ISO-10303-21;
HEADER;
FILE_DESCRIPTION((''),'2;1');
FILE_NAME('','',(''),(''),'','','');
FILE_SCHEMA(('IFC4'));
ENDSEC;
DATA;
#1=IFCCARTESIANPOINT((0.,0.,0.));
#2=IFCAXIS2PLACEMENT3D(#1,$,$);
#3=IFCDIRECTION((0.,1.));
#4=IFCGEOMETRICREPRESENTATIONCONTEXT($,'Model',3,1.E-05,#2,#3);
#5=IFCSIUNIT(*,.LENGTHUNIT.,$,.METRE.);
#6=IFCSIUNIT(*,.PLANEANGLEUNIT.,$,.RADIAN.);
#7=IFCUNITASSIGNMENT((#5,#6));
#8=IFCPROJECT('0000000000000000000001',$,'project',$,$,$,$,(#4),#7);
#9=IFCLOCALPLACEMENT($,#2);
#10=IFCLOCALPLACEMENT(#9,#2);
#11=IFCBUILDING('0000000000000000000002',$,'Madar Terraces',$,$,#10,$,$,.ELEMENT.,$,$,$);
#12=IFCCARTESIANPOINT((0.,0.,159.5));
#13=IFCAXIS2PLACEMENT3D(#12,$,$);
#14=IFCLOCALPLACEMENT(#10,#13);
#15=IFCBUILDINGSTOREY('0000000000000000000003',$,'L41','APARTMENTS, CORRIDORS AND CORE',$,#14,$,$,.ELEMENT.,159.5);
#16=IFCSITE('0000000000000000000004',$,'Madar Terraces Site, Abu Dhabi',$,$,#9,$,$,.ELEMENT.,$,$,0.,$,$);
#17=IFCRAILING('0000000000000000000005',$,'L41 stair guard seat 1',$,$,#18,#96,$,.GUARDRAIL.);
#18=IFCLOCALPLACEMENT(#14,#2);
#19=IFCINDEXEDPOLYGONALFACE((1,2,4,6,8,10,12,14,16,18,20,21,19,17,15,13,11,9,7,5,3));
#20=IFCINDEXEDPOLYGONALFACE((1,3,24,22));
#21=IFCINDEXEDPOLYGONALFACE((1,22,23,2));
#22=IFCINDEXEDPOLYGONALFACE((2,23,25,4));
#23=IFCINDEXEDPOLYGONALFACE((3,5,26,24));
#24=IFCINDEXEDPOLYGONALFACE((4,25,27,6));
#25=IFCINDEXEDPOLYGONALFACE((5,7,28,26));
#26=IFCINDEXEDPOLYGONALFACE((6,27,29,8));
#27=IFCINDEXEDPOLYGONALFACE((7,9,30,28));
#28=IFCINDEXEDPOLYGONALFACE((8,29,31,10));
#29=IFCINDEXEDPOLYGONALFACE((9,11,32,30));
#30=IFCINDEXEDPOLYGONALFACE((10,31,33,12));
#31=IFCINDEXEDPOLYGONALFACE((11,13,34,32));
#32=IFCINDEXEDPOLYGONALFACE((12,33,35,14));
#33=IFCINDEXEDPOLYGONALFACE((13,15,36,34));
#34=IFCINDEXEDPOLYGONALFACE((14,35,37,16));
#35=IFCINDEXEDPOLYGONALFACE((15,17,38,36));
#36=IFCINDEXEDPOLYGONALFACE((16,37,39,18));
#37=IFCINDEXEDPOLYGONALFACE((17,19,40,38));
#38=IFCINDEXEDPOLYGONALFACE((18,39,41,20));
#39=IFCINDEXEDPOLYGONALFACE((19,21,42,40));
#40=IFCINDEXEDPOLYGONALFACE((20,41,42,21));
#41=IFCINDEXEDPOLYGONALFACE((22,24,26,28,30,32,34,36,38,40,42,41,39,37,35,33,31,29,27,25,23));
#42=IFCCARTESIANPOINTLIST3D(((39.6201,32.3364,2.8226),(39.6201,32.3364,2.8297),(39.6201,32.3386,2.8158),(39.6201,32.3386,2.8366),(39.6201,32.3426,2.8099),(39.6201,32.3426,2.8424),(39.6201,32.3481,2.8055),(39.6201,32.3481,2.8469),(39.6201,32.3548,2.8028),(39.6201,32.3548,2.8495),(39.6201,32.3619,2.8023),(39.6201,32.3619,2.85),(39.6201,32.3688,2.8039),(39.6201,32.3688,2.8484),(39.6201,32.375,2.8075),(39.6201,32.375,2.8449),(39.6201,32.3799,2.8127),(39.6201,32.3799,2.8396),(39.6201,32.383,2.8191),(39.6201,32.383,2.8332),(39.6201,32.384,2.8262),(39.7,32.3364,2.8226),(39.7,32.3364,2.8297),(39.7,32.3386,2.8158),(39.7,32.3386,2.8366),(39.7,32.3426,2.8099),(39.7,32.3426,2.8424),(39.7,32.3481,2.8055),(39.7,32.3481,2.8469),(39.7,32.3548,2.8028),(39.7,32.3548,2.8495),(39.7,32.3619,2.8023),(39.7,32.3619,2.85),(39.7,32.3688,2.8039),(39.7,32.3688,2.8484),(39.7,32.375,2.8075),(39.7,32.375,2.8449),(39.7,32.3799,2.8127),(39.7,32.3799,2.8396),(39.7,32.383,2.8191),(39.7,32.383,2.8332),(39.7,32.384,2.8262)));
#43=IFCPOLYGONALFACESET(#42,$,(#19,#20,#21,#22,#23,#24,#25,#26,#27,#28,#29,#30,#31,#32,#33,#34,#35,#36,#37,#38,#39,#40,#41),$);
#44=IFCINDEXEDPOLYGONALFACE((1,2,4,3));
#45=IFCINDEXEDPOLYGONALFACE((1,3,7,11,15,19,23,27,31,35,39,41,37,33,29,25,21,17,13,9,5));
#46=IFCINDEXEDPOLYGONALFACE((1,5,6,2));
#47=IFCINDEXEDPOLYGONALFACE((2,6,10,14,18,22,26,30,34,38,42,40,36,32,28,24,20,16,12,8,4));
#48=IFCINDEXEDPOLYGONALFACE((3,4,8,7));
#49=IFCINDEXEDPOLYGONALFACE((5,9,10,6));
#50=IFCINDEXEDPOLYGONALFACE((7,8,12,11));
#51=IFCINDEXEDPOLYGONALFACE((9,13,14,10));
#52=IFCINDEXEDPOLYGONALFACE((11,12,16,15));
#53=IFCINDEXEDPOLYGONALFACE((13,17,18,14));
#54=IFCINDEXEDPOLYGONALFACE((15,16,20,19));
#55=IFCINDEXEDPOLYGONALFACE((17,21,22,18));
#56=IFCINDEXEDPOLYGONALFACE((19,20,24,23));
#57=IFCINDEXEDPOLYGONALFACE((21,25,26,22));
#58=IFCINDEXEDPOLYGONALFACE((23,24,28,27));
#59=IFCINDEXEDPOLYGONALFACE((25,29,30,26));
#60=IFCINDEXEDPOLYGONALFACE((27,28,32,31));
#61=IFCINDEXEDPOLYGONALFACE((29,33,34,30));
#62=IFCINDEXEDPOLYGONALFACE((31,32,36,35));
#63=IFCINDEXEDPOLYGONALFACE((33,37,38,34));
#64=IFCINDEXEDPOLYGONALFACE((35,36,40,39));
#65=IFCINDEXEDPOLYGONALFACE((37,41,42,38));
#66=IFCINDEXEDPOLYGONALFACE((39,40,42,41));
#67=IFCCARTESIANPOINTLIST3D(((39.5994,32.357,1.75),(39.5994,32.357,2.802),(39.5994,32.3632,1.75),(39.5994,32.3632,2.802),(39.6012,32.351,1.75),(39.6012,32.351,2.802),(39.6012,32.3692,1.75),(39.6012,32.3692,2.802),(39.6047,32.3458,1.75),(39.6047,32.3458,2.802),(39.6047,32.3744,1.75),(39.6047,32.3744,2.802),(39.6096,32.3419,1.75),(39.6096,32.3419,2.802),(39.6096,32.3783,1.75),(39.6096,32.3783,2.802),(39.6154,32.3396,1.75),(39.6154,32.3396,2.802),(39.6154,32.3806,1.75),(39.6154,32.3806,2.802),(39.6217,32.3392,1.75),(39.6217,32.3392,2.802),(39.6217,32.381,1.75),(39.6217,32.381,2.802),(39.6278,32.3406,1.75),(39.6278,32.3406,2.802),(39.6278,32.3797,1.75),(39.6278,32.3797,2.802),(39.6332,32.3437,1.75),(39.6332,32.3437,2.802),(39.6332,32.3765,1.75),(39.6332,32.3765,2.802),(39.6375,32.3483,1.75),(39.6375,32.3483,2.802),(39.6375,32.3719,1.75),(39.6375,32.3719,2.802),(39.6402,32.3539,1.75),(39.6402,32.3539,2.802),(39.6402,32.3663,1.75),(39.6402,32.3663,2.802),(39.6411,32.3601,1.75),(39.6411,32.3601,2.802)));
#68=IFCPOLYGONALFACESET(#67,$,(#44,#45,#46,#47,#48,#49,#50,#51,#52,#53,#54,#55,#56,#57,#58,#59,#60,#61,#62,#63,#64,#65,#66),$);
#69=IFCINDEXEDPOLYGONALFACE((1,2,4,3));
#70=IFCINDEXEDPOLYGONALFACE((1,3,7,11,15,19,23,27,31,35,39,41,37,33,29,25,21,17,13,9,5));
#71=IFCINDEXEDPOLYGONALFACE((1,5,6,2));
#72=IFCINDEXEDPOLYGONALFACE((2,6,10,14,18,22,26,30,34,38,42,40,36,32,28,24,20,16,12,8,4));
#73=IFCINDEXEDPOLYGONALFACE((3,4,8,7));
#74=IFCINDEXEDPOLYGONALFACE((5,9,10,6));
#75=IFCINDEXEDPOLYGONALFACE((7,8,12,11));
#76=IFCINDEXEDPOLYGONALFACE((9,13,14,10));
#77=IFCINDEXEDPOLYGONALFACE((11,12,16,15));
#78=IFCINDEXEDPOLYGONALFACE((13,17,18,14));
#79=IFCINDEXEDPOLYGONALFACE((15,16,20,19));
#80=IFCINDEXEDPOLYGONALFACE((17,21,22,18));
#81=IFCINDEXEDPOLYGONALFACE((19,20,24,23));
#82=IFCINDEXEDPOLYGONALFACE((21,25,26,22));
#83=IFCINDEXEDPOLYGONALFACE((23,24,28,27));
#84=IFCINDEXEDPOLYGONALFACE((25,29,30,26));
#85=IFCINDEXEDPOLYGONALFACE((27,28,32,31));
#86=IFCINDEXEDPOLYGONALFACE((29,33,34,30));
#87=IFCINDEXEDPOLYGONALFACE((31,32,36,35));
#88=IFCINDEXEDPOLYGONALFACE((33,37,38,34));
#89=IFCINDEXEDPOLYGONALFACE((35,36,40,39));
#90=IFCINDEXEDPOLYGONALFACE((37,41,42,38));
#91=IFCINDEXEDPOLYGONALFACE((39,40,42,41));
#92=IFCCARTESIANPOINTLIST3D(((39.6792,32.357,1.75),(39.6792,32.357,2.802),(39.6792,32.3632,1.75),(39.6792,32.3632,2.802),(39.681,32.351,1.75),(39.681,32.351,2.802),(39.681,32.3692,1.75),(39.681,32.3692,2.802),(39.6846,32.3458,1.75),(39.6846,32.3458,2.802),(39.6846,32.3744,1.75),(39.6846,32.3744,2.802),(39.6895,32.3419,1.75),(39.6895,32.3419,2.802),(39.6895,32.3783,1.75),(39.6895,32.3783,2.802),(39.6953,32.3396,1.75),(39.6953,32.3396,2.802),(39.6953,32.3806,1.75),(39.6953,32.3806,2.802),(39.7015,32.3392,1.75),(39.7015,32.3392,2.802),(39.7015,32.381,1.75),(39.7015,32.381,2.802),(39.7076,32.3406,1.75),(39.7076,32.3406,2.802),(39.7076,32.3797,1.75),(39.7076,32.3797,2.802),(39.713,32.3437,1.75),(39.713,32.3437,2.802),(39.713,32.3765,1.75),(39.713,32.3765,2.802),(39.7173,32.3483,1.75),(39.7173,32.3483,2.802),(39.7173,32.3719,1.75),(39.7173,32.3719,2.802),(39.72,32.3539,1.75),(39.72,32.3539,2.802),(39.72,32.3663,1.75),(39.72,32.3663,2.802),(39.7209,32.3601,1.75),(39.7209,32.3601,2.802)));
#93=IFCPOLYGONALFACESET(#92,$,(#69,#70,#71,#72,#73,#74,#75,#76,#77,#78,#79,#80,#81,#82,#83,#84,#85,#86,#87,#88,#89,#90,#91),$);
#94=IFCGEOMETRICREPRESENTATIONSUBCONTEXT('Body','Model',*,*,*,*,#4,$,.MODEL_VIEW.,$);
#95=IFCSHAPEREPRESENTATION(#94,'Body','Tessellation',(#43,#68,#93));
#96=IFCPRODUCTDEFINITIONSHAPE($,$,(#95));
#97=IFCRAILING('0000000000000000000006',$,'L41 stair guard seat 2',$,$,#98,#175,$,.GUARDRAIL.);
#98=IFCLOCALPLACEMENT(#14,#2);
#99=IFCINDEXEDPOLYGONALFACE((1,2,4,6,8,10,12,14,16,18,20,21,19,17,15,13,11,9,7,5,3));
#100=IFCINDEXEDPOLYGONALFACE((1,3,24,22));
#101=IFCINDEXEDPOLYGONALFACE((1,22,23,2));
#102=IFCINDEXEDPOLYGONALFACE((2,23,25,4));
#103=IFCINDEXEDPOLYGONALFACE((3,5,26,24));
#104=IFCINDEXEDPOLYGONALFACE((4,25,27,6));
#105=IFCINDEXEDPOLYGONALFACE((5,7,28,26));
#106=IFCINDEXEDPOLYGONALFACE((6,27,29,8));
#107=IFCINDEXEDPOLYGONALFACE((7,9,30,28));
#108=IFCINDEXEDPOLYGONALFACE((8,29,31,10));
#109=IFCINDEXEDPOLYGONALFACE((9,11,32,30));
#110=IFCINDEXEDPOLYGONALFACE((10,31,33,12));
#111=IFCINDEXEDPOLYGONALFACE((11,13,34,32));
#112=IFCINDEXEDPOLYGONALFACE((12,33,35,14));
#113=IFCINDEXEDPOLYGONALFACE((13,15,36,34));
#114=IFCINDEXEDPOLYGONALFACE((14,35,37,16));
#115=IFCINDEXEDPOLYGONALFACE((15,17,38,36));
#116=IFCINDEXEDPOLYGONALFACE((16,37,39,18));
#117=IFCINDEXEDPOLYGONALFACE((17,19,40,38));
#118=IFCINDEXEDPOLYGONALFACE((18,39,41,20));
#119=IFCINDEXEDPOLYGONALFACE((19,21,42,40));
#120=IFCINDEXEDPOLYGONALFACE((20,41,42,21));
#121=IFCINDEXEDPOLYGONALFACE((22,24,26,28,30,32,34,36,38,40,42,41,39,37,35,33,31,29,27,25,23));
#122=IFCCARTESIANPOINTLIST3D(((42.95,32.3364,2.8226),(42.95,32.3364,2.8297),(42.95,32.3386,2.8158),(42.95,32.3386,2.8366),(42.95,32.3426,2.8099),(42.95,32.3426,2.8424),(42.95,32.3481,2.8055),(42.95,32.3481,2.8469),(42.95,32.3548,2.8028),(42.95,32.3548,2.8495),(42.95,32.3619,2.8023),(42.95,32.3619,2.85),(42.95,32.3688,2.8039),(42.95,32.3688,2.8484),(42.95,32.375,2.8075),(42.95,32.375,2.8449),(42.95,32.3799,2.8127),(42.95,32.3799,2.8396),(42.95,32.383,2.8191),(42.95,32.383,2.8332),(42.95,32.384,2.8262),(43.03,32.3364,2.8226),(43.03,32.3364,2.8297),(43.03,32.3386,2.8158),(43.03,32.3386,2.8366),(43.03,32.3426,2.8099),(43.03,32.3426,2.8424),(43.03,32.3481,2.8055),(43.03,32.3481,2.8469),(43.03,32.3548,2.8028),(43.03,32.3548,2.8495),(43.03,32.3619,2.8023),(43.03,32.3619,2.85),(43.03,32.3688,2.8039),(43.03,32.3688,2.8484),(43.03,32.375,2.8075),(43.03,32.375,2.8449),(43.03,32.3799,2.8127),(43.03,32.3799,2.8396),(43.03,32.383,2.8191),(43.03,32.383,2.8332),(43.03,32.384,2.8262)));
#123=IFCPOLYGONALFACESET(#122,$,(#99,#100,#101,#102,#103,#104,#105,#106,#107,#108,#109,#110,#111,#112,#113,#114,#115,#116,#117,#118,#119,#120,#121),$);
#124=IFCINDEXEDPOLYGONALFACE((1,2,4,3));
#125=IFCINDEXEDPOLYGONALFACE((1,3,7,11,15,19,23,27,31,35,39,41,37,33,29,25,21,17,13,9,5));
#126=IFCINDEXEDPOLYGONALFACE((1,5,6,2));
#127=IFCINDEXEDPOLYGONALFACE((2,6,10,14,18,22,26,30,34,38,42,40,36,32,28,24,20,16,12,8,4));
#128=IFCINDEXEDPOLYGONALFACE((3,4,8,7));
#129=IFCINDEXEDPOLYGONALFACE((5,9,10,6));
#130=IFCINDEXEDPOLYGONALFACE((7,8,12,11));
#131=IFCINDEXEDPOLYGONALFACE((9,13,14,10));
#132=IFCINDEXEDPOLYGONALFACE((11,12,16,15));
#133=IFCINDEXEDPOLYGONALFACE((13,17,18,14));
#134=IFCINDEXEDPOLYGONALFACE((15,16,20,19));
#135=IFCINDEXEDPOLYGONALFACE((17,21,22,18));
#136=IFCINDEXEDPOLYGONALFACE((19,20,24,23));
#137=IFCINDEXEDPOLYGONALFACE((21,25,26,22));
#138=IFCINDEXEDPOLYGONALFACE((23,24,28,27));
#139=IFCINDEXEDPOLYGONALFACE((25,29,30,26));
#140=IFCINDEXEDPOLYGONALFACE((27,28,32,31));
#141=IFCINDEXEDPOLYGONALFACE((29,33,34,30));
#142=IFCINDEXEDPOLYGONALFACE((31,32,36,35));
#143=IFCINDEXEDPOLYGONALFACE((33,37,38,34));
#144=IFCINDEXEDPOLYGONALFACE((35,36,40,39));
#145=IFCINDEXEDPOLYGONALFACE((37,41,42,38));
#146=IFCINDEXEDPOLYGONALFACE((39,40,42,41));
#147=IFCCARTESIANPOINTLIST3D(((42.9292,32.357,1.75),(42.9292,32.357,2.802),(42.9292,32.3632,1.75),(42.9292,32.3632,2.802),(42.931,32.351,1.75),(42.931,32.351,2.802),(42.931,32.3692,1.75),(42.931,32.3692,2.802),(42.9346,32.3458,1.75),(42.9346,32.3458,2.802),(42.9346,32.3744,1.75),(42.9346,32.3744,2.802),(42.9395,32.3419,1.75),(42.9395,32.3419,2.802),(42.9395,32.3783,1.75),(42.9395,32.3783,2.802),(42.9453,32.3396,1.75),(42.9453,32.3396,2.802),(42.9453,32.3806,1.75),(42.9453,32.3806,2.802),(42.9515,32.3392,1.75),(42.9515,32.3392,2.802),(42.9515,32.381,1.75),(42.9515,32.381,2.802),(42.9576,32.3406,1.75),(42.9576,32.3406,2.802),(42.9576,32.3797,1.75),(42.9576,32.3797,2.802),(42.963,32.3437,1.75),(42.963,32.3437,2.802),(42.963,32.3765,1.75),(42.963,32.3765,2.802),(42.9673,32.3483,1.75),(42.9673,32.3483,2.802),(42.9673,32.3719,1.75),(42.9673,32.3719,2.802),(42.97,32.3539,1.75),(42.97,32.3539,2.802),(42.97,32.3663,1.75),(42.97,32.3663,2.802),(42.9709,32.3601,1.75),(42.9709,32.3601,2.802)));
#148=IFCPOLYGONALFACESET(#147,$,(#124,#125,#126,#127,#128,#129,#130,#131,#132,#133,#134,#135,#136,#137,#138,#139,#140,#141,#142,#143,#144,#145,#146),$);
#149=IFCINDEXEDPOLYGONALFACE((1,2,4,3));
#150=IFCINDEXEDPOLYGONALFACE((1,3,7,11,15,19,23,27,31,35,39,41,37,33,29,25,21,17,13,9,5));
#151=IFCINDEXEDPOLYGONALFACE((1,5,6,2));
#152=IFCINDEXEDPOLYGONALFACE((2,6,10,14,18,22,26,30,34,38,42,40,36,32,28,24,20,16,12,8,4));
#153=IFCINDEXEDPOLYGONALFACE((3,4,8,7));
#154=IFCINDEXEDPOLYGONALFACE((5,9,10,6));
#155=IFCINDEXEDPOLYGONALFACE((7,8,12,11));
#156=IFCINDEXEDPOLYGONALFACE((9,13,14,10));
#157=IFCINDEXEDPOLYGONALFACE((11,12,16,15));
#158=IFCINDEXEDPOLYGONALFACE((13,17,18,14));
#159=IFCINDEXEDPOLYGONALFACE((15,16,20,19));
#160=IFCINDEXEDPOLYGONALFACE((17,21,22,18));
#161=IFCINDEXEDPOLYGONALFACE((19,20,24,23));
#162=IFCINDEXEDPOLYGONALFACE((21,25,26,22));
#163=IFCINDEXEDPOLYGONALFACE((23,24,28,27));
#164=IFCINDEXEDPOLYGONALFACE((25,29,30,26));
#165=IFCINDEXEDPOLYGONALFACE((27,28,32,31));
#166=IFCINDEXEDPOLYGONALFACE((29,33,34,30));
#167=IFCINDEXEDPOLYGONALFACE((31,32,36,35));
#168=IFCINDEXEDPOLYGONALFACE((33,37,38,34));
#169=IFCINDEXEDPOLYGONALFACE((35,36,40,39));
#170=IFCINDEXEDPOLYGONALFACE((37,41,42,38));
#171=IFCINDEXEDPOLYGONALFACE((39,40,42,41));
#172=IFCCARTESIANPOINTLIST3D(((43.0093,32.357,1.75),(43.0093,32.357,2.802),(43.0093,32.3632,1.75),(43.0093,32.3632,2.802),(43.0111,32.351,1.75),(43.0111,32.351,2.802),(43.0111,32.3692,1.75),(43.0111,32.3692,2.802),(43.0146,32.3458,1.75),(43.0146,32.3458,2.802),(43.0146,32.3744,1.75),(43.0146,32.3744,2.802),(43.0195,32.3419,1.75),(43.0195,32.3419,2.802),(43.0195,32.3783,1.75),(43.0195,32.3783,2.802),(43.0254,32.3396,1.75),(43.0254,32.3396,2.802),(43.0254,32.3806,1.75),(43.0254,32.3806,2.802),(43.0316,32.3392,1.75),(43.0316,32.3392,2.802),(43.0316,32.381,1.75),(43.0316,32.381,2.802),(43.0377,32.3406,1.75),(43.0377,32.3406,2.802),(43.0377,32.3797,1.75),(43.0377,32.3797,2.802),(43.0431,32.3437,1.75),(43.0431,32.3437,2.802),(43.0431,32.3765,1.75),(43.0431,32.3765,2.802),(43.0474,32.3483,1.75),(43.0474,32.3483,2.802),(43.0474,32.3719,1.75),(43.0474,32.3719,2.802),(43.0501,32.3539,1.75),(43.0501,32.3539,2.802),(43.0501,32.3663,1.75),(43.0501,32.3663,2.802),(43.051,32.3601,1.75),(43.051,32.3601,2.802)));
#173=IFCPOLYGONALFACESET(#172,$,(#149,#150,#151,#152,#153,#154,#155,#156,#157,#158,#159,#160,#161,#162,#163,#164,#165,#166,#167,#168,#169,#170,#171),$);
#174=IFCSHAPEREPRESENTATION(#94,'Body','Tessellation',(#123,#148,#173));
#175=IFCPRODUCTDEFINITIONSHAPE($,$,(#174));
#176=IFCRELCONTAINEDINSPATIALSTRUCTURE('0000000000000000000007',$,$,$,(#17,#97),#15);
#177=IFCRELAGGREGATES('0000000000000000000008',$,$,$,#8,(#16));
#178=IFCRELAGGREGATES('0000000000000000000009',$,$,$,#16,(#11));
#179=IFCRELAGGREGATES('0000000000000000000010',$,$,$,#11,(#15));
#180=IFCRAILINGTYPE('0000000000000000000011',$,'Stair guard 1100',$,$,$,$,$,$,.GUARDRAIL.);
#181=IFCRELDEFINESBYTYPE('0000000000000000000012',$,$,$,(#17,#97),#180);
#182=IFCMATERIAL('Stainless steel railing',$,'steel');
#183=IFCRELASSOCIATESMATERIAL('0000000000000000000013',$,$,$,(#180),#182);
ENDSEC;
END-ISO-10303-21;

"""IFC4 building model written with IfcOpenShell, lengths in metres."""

from ifc_helpers import new_model, si_unit, direction, frame, origin, origin_2d, place, context, subcontext, project, spatial, circle, extrude, material, type_object, element, save


model = new_model("IFC4")

# Units and contexts
model_context = context("Model", 3, precision=1e-05, world=origin(), true_north=direction((0.0, 1.0)))
body_context = subcontext(model_context, "Body", "Model", "MODEL_VIEW")
ifc_project = project(units=[si_unit("LENGTHUNIT", "METRE"), si_unit("PLANEANGLEUNIT", "RADIAN")], contexts=[model_context])

# Site, building, storey
site_placement = place(None, origin())
site = spatial("IfcSite", under=ifc_project, at=site_placement, Name="Madar Terraces Site, Abu Dhabi", CompositionType="ELEMENT", RefElevation=0.0)
building_placement = place(site_placement, origin())
building = spatial("IfcBuilding", under=site, at=building_placement, Name="Madar Terraces", CompositionType="ELEMENT")
storey_placement = place(building_placement, frame((0.0, 0.0, 159.5)))
storey = spatial("IfcBuildingStorey", under=building, at=storey_placement, Name="L41", Description="APARTMENTS, CORRIDORS AND CORE", CompositionType="ELEMENT", Elevation=159.5)

# Railings
ifc_material_1 = material(Name="Stainless steel railing", Category="steel")
railing_type_1 = type_object("IfcRailingType", Name="Stair guard 1100", PredefinedType="GUARDRAIL", material=ifc_material_1)
railing_1_placement = place(storey_placement, frame((39.6201, 32.3601, 1.75)))
element("IfcRailing", 1, at=railing_1_placement, inside=storey, type_object=railing_type_1, Name="L41 stair guard seat 1", PredefinedType="GUARDRAIL", context=body_context, shape_type="SweptSolid", body=[
    extrude(circle(Radius=0.0239, at=origin_2d()), frame((0.0, 0.0, 1.0762), z_axis=(1.0, 0.0, 0.0), x_axis=(0.0, 1.0, 0.0)), (0.0, 0.0, 1.0), 0.0798),
    extrude(circle(Radius=0.021, at=origin_2d()), origin(), (0.0, 0.0, 1.0), 1.052),
    extrude(circle(Radius=0.021, at=origin_2d()), frame((0.0798, 0.0, 0.0)), (0.0, 0.0, 1.0), 1.052),
])
railing_2_placement = place(storey_placement, frame((42.95, 32.3601, 1.75)))
element("IfcRailing", 2, at=railing_2_placement, inside=storey, type_object=railing_type_1, Name="L41 stair guard seat 2", PredefinedType="GUARDRAIL", context=body_context, shape_type="SweptSolid", body=[
    extrude(circle(Radius=0.0239, at=origin_2d()), frame((0.0, 0.0, 1.0762), z_axis=(1.0, 0.0, 0.0), x_axis=(0.0, 1.0, 0.0)), (0.0, 0.0, 1.0), 0.0801),
    extrude(circle(Radius=0.021, at=origin_2d()), origin(), (0.0, 0.0, 1.0), 1.052),
    extrude(circle(Radius=0.021, at=origin_2d()), frame((0.0801, 0.0, 0.0)), (0.0, 0.0, 1.0), 1.052),
])

save(model, "model.ifc")
